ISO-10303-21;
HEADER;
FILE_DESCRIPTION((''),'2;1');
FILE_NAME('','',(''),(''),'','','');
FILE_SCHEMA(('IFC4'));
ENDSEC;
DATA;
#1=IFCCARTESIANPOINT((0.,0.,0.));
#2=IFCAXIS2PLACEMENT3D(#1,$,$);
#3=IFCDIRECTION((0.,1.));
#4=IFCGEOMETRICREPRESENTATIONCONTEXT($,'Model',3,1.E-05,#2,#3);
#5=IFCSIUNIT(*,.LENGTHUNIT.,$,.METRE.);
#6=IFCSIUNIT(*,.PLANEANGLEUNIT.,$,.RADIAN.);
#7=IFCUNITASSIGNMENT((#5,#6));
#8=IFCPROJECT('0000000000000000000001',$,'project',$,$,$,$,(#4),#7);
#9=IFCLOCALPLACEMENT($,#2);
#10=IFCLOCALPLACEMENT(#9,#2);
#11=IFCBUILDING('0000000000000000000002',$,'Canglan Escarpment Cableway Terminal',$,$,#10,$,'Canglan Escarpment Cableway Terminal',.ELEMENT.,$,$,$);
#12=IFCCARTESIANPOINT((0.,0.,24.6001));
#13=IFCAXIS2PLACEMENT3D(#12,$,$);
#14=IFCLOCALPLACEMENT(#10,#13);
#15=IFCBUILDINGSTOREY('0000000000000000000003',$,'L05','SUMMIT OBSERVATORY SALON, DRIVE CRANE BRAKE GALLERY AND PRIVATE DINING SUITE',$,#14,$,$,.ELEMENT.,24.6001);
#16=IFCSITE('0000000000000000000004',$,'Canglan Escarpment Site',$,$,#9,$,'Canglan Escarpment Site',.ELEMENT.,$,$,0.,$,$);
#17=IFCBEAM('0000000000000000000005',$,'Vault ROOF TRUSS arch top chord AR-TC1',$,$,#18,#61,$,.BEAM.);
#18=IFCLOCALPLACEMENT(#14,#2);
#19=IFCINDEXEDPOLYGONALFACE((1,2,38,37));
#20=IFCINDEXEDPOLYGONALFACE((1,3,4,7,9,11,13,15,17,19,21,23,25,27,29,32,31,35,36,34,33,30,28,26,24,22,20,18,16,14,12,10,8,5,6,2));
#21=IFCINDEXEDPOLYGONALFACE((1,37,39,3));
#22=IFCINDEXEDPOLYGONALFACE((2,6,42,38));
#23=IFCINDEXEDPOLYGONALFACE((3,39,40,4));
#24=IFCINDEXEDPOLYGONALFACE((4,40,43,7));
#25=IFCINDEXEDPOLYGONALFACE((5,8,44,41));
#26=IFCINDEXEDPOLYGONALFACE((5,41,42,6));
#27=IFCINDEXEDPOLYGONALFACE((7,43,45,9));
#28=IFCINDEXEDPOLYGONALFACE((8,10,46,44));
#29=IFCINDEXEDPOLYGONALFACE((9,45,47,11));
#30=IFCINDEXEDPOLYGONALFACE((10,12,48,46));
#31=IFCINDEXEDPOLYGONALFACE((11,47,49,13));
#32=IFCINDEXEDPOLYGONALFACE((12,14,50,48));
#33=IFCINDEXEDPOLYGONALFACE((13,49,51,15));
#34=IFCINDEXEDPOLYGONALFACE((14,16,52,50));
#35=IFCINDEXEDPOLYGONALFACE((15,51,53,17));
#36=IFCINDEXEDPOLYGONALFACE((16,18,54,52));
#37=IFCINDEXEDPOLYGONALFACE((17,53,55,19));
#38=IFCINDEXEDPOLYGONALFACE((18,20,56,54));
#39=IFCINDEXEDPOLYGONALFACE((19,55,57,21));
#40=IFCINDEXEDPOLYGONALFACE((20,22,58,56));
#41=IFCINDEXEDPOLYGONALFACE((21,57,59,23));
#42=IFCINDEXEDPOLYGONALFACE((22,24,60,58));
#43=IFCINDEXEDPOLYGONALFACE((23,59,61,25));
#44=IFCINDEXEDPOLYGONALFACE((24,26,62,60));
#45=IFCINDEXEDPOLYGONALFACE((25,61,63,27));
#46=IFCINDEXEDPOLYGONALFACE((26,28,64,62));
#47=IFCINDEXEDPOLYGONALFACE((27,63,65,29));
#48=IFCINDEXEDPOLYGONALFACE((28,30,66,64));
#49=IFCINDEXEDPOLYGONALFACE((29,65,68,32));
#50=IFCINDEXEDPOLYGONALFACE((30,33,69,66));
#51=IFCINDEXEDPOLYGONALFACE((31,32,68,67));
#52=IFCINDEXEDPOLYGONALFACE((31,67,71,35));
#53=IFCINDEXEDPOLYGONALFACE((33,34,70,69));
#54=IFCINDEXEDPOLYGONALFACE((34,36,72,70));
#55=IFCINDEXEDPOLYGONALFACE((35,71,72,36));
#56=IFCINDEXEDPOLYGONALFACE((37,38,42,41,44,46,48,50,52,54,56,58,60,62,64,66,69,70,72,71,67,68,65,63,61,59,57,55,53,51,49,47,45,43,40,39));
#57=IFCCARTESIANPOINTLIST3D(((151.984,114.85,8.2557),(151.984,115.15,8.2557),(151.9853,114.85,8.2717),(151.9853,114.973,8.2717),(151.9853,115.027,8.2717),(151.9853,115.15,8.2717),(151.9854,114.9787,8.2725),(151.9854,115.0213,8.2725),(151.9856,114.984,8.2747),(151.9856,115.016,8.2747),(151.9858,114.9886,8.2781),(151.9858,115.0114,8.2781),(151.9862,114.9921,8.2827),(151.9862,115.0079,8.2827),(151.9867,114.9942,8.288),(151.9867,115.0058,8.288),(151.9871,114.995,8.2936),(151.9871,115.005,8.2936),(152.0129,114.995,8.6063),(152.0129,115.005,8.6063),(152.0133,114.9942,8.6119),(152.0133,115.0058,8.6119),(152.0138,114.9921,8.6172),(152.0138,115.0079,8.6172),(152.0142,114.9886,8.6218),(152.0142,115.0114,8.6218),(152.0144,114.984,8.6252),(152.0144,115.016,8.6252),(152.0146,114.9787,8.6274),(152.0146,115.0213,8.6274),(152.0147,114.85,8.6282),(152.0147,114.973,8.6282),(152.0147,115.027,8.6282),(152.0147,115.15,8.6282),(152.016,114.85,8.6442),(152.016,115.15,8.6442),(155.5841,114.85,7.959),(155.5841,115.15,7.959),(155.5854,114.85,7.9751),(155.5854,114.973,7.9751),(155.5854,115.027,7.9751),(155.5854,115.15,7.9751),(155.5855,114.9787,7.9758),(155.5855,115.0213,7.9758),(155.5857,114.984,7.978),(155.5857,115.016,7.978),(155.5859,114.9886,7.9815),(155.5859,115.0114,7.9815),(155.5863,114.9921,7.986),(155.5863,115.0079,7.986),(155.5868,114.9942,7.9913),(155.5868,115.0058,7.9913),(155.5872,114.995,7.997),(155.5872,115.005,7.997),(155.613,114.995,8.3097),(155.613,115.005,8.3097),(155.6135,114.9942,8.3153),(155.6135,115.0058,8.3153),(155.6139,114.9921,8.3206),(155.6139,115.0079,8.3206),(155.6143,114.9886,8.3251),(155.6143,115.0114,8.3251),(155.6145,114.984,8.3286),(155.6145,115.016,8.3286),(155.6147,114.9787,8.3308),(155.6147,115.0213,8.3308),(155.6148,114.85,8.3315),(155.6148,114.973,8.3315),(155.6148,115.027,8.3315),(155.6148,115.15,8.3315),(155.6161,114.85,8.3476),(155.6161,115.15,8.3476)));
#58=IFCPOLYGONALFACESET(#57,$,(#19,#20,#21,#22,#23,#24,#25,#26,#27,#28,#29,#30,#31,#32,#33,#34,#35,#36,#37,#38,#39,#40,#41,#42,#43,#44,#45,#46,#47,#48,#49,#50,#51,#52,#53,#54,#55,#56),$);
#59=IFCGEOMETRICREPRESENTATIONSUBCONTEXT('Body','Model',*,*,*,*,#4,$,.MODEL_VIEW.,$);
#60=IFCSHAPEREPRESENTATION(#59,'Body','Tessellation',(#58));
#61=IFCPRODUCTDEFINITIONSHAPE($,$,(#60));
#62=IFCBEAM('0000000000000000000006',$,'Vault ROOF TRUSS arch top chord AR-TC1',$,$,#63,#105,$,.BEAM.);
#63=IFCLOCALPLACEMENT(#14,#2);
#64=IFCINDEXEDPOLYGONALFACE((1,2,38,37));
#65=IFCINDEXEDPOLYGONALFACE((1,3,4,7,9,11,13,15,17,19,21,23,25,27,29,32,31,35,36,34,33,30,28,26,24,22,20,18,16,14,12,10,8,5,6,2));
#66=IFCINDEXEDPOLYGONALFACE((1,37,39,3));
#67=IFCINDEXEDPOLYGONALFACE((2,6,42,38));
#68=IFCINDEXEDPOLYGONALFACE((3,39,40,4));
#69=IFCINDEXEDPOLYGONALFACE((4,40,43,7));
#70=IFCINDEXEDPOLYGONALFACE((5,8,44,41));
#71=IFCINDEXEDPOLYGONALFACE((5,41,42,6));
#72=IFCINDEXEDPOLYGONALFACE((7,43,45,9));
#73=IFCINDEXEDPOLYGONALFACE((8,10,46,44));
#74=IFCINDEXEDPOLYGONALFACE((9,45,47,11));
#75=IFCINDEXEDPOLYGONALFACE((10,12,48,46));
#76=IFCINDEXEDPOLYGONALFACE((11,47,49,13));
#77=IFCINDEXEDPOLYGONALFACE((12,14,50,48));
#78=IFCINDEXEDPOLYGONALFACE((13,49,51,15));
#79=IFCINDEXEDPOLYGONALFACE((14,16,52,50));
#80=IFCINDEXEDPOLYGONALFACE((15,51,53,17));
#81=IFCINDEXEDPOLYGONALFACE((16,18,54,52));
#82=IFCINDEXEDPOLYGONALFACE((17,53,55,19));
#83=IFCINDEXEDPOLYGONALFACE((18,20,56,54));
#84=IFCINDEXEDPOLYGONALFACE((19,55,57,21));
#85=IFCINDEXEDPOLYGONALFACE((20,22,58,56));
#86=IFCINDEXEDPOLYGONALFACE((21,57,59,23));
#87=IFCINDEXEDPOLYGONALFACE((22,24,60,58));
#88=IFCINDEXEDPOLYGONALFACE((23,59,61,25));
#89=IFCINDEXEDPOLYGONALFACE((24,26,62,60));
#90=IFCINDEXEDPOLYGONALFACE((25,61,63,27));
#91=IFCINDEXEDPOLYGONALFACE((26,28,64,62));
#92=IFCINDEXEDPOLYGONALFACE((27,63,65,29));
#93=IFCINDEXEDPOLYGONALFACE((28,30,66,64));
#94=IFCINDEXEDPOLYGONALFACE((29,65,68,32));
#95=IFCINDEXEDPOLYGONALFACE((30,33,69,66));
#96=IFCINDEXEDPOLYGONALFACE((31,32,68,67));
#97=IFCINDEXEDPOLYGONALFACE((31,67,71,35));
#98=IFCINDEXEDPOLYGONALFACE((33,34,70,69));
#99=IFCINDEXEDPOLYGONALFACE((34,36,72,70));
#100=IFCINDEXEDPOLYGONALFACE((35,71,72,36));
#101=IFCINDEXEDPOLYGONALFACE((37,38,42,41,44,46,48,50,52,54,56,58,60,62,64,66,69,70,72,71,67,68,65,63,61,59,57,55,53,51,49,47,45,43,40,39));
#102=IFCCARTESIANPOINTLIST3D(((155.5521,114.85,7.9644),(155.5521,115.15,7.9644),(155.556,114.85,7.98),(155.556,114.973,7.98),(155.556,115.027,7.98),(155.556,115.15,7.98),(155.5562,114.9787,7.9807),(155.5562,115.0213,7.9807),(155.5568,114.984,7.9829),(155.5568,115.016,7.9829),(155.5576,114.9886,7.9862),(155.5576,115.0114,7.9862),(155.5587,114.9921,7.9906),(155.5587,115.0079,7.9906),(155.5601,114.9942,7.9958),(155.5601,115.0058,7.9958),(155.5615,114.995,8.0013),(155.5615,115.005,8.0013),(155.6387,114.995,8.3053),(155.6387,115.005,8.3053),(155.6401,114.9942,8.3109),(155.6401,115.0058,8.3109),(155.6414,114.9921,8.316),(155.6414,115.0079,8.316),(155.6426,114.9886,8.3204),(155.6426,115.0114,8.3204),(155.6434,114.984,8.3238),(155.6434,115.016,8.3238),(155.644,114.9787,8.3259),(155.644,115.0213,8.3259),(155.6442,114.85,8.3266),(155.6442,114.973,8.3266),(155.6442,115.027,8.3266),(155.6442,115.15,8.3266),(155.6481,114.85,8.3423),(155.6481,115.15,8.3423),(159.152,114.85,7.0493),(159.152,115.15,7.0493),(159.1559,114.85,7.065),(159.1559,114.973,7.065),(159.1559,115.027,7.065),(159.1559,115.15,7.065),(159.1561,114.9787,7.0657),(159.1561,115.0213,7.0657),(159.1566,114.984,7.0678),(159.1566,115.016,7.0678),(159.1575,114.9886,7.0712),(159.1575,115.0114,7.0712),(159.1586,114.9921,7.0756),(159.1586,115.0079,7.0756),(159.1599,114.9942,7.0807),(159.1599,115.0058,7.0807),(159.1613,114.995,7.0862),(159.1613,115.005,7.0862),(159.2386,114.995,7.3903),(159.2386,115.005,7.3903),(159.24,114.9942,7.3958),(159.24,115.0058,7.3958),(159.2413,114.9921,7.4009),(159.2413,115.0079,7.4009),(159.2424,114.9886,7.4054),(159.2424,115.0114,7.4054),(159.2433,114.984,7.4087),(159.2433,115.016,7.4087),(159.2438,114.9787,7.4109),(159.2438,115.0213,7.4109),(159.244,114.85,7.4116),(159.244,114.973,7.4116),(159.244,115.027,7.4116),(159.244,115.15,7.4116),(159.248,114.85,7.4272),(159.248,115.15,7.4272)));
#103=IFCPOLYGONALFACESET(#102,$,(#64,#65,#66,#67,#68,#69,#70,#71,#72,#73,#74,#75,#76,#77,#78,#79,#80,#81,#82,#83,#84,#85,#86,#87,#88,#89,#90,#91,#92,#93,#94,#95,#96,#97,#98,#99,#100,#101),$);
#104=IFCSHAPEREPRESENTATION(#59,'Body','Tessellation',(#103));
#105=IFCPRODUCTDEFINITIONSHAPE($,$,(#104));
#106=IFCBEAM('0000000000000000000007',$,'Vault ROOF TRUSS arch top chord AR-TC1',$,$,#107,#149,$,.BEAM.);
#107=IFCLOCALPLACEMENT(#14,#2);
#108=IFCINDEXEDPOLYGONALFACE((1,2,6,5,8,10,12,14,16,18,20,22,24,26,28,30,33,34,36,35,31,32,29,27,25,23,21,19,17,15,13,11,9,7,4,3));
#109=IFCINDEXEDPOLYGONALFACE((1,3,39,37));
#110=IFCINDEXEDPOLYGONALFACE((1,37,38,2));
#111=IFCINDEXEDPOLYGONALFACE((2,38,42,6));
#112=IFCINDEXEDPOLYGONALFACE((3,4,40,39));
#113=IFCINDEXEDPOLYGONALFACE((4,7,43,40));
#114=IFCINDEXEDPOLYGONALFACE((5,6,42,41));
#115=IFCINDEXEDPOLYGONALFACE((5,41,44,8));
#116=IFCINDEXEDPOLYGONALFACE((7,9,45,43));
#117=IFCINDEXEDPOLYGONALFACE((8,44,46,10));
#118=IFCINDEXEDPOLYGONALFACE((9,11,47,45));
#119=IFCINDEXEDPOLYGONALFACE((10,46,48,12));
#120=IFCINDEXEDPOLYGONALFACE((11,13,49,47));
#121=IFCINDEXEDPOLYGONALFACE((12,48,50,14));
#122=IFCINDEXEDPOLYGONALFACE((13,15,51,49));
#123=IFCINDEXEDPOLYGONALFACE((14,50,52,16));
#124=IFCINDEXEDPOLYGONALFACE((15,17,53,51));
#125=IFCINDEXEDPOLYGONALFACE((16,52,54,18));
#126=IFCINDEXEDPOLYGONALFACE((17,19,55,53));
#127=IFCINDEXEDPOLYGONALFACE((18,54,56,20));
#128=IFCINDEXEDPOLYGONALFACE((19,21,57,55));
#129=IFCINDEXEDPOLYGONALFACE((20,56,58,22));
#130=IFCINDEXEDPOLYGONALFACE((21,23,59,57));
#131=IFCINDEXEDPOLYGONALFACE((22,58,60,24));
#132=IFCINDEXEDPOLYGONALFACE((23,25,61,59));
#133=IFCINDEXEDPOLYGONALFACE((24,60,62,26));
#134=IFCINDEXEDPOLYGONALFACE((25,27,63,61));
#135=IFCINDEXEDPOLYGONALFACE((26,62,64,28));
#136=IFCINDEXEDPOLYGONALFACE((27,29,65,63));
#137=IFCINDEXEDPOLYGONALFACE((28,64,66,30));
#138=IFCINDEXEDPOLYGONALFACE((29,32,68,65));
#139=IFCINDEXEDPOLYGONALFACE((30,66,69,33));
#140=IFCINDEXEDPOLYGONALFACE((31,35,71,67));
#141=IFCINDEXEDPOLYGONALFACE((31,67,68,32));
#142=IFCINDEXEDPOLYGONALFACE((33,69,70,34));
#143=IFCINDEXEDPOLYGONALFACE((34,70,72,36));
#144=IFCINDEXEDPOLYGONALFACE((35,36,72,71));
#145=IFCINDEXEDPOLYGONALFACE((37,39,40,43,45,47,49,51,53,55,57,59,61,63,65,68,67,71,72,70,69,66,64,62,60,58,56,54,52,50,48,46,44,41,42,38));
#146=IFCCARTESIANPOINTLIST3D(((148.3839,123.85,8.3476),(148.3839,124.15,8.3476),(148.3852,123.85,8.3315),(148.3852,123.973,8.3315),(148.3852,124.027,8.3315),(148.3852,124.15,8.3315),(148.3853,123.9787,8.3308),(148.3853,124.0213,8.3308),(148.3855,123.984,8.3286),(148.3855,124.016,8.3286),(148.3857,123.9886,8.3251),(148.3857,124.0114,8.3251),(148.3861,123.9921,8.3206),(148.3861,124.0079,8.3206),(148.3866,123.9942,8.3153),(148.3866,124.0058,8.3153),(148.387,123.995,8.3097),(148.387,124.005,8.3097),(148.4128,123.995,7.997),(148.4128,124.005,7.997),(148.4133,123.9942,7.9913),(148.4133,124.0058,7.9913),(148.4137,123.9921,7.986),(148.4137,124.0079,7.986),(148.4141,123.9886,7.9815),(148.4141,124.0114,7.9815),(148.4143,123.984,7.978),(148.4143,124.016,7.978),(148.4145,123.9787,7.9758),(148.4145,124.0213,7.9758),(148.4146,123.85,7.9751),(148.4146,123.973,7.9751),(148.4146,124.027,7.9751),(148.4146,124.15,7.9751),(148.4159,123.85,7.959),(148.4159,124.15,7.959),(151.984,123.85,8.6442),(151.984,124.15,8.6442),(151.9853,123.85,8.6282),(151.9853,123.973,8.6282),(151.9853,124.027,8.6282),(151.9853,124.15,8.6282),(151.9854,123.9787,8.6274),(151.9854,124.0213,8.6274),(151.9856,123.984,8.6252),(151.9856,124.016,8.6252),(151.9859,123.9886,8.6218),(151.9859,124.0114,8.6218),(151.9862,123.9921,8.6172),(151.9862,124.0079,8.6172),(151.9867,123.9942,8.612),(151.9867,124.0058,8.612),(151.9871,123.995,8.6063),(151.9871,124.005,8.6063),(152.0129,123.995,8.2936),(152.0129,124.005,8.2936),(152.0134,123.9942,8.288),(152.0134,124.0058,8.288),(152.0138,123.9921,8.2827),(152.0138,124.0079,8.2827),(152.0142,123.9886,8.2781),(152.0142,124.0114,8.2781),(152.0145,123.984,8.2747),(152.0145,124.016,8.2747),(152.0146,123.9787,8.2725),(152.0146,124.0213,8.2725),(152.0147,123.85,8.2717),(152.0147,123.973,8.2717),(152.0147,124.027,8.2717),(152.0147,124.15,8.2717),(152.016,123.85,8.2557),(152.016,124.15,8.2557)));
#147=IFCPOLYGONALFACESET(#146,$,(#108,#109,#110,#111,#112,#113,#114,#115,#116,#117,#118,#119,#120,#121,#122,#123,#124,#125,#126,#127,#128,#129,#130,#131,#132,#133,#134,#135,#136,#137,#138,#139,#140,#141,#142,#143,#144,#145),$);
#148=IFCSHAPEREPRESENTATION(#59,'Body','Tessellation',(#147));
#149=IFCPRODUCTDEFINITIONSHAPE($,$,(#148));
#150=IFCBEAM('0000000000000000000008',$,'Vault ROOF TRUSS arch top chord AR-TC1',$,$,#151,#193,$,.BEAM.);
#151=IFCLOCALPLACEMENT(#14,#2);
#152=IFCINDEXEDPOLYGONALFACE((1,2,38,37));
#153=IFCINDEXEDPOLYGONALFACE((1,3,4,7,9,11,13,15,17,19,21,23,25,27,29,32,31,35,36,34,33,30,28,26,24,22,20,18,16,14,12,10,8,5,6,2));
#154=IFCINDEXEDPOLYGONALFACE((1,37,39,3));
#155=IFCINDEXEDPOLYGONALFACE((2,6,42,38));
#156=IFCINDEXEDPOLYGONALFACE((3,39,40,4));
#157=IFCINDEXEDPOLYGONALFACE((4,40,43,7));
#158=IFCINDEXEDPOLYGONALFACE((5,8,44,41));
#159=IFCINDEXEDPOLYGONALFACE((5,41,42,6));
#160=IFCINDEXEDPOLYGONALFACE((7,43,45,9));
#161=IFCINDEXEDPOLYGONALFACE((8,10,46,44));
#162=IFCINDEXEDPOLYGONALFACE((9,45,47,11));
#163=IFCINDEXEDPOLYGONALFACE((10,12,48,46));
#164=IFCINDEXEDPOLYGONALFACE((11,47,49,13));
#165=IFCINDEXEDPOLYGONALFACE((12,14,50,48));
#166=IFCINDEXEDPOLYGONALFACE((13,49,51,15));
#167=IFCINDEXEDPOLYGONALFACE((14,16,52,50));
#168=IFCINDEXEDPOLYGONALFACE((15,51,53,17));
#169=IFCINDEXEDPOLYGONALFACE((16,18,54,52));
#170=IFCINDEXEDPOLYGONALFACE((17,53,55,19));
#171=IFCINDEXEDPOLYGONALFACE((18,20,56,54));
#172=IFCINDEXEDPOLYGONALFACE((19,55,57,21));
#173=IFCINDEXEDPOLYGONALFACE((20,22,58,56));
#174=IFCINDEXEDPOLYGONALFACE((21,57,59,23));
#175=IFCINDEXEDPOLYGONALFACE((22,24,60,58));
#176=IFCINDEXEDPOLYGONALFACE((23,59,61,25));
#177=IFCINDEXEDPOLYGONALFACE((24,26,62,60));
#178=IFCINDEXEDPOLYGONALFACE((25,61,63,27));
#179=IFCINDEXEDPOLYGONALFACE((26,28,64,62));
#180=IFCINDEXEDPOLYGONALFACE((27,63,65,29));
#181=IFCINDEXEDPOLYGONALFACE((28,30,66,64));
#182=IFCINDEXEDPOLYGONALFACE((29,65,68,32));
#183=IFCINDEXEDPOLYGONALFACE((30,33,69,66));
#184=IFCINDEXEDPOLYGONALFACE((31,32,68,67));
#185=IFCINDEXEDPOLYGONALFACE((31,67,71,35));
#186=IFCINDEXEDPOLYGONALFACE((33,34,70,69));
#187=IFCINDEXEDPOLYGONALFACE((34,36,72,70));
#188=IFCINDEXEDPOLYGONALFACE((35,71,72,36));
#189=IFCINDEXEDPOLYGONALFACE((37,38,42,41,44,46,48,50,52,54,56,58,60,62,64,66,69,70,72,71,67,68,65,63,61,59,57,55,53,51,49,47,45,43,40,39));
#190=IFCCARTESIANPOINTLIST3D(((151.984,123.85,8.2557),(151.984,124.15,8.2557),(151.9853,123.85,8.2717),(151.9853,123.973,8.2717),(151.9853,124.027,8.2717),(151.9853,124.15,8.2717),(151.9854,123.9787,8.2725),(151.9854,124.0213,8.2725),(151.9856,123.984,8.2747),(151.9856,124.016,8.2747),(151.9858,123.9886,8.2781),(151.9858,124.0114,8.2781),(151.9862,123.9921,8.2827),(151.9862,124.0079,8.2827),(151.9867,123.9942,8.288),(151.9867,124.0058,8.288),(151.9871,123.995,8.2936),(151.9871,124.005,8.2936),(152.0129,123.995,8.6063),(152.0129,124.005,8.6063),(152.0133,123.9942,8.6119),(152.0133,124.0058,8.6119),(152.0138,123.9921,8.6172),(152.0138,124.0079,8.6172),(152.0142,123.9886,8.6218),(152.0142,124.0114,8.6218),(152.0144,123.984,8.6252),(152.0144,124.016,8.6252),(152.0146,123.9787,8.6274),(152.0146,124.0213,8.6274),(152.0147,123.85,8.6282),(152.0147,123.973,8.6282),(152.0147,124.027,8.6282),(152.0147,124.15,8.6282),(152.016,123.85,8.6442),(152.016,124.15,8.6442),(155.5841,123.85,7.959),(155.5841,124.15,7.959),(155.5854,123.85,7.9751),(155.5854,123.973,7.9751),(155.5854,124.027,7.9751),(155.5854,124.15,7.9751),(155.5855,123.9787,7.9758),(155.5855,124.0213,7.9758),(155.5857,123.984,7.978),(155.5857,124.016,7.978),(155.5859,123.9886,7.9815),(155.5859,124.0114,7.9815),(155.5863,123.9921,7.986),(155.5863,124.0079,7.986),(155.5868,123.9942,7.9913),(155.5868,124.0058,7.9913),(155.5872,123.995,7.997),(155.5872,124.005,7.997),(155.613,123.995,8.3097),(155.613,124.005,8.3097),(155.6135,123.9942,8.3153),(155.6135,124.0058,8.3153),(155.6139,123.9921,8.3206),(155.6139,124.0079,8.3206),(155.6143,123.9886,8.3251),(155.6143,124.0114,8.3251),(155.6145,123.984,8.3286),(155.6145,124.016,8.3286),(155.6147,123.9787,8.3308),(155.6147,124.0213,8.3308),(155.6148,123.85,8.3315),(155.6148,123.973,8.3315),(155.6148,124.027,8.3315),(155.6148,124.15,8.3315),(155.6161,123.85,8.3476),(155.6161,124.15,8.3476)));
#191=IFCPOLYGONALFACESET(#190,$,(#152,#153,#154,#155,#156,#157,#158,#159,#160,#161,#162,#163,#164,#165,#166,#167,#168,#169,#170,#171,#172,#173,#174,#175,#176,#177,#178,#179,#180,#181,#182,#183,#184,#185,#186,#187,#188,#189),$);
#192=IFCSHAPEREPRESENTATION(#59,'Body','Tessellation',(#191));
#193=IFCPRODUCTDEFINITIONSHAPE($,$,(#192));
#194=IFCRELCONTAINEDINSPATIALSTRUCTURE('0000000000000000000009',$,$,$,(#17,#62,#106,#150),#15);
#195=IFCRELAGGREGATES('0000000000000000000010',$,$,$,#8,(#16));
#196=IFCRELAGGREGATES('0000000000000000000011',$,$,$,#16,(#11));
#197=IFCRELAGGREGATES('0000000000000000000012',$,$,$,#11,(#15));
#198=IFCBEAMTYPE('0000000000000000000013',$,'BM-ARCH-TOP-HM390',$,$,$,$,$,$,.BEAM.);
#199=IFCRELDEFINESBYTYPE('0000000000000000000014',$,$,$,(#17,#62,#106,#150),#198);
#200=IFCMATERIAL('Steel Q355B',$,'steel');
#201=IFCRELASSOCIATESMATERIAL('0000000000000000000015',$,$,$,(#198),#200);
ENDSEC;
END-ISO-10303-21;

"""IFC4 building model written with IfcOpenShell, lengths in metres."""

from ifc_helpers import new_model, si_unit, direction, frame, origin, origin_2d, place, context, subcontext, project, spatial, i_section, extrude, material, material_profile, profile_set, type_object, element, save


model = new_model("IFC4")

# Units and contexts
model_context = context("Model", 3, precision=1e-05, world=origin(), true_north=direction((0.0, 1.0)))
body_context = subcontext(model_context, "Body", "Model", "MODEL_VIEW")
ifc_project = project(units=[si_unit("LENGTHUNIT", "METRE"), si_unit("PLANEANGLEUNIT", "RADIAN")], contexts=[model_context])

# Site, building, storey
site_placement = place(None, origin())
site = spatial("IfcSite", under=ifc_project, at=site_placement, Name="Canglan Escarpment Site", LongName="Canglan Escarpment Site", CompositionType="ELEMENT", RefElevation=0.0)
building_placement = place(site_placement, origin())
building = spatial("IfcBuilding", under=site, at=building_placement, Name="Canglan Escarpment Cableway Terminal", LongName="Canglan Escarpment Cableway Terminal", CompositionType="ELEMENT")
storey_placement = place(building_placement, frame((0.0, 0.0, 24.6001)))
storey = spatial("IfcBuildingStorey", under=building, at=storey_placement, Name="L05", Description="SUMMIT OBSERVATORY SALON, DRIVE CRANE BRAKE GALLERY AND PRIVATE DINING SUITE", CompositionType="ELEMENT", Elevation=24.6001)

# Beams
ifc_material = material(Name="Steel Q355B", Category="steel")
ifc_material_profile_1 = material_profile(ifc_material, i_section(OverallWidth=0.3, OverallDepth=0.3899, WebThickness=0.01, FlangeThickness=0.0161, FilletRadius=0.022, at=origin_2d()), Name="HM 390x300x10x16")
ifc_profile_set_1 = profile_set([ifc_material_profile_1], Name="Steel Q355B")
beam_type = type_object("IfcBeamType", Name="BM-ARCH-TOP-HM390", PredefinedType="BEAM", material=ifc_profile_set_1)
beam_1_placement = place(storey_placement, frame((152.0, 115.0, 8.45), z_axis=(0.996623, 0.0, -0.082117), x_axis=(0.0, 1.0, 0.0)))
element("IfcBeam", 1, at=beam_1_placement, inside=storey, type_object=beam_type, Name="Vault ROOF TRUSS arch top chord AR-TC1", PredefinedType="BEAM", context=body_context, shape_type="SweptSolid", body=[
    extrude(i_section(OverallWidth=0.3, OverallDepth=0.3899, WebThickness=0.01, FlangeThickness=0.0161, FilletRadius=0.022, at=origin_2d()), origin(), (0.0, 0.0, 1.0), 3.6123),
])
beam_2_placement = place(storey_placement, frame((155.6001, 115.0, 8.1533), z_axis=(0.96918, 0.0, -0.246354), x_axis=(0.0, 1.0, 0.0)))
element("IfcBeam", 2, at=beam_2_placement, inside=storey, type_object=beam_type, Name="Vault ROOF TRUSS arch top chord AR-TC1", PredefinedType="BEAM", context=body_context, shape_type="SweptSolid", body=[
    extrude(i_section(OverallWidth=0.3, OverallDepth=0.3899, WebThickness=0.01, FlangeThickness=0.0161, FilletRadius=0.022, at=origin_2d()), origin(), (0.0, 0.0, 1.0), 3.7144),
])
for number, where, z_axis, x_axis, name in (
    (3, (148.3999, 124.0, 8.1533), (0.996623, 0.0, 0.082117), (0.0, 1.0, 0.0), "Vault ROOF TRUSS arch top chord AR-TC1"),
    (4, (152.0, 124.0, 8.45), (0.996623, 0.0, -0.082117), (0.0, 1.0, 0.0), "Vault ROOF TRUSS arch top chord AR-TC1"),
):
    element("IfcBeam", number, at=place(storey_placement, frame(where, z_axis=z_axis, x_axis=x_axis)), inside=storey, type_object=beam_type, Name=name, PredefinedType="BEAM", context=body_context, shape_type="SweptSolid", body=[
        extrude(i_section(OverallWidth=0.3, OverallDepth=0.3899, WebThickness=0.01, FlangeThickness=0.0161, FilletRadius=0.022, at=origin_2d()), origin(), (0.0, 0.0, 1.0), 3.6123),
    ])

save(model, "model.ifc")
